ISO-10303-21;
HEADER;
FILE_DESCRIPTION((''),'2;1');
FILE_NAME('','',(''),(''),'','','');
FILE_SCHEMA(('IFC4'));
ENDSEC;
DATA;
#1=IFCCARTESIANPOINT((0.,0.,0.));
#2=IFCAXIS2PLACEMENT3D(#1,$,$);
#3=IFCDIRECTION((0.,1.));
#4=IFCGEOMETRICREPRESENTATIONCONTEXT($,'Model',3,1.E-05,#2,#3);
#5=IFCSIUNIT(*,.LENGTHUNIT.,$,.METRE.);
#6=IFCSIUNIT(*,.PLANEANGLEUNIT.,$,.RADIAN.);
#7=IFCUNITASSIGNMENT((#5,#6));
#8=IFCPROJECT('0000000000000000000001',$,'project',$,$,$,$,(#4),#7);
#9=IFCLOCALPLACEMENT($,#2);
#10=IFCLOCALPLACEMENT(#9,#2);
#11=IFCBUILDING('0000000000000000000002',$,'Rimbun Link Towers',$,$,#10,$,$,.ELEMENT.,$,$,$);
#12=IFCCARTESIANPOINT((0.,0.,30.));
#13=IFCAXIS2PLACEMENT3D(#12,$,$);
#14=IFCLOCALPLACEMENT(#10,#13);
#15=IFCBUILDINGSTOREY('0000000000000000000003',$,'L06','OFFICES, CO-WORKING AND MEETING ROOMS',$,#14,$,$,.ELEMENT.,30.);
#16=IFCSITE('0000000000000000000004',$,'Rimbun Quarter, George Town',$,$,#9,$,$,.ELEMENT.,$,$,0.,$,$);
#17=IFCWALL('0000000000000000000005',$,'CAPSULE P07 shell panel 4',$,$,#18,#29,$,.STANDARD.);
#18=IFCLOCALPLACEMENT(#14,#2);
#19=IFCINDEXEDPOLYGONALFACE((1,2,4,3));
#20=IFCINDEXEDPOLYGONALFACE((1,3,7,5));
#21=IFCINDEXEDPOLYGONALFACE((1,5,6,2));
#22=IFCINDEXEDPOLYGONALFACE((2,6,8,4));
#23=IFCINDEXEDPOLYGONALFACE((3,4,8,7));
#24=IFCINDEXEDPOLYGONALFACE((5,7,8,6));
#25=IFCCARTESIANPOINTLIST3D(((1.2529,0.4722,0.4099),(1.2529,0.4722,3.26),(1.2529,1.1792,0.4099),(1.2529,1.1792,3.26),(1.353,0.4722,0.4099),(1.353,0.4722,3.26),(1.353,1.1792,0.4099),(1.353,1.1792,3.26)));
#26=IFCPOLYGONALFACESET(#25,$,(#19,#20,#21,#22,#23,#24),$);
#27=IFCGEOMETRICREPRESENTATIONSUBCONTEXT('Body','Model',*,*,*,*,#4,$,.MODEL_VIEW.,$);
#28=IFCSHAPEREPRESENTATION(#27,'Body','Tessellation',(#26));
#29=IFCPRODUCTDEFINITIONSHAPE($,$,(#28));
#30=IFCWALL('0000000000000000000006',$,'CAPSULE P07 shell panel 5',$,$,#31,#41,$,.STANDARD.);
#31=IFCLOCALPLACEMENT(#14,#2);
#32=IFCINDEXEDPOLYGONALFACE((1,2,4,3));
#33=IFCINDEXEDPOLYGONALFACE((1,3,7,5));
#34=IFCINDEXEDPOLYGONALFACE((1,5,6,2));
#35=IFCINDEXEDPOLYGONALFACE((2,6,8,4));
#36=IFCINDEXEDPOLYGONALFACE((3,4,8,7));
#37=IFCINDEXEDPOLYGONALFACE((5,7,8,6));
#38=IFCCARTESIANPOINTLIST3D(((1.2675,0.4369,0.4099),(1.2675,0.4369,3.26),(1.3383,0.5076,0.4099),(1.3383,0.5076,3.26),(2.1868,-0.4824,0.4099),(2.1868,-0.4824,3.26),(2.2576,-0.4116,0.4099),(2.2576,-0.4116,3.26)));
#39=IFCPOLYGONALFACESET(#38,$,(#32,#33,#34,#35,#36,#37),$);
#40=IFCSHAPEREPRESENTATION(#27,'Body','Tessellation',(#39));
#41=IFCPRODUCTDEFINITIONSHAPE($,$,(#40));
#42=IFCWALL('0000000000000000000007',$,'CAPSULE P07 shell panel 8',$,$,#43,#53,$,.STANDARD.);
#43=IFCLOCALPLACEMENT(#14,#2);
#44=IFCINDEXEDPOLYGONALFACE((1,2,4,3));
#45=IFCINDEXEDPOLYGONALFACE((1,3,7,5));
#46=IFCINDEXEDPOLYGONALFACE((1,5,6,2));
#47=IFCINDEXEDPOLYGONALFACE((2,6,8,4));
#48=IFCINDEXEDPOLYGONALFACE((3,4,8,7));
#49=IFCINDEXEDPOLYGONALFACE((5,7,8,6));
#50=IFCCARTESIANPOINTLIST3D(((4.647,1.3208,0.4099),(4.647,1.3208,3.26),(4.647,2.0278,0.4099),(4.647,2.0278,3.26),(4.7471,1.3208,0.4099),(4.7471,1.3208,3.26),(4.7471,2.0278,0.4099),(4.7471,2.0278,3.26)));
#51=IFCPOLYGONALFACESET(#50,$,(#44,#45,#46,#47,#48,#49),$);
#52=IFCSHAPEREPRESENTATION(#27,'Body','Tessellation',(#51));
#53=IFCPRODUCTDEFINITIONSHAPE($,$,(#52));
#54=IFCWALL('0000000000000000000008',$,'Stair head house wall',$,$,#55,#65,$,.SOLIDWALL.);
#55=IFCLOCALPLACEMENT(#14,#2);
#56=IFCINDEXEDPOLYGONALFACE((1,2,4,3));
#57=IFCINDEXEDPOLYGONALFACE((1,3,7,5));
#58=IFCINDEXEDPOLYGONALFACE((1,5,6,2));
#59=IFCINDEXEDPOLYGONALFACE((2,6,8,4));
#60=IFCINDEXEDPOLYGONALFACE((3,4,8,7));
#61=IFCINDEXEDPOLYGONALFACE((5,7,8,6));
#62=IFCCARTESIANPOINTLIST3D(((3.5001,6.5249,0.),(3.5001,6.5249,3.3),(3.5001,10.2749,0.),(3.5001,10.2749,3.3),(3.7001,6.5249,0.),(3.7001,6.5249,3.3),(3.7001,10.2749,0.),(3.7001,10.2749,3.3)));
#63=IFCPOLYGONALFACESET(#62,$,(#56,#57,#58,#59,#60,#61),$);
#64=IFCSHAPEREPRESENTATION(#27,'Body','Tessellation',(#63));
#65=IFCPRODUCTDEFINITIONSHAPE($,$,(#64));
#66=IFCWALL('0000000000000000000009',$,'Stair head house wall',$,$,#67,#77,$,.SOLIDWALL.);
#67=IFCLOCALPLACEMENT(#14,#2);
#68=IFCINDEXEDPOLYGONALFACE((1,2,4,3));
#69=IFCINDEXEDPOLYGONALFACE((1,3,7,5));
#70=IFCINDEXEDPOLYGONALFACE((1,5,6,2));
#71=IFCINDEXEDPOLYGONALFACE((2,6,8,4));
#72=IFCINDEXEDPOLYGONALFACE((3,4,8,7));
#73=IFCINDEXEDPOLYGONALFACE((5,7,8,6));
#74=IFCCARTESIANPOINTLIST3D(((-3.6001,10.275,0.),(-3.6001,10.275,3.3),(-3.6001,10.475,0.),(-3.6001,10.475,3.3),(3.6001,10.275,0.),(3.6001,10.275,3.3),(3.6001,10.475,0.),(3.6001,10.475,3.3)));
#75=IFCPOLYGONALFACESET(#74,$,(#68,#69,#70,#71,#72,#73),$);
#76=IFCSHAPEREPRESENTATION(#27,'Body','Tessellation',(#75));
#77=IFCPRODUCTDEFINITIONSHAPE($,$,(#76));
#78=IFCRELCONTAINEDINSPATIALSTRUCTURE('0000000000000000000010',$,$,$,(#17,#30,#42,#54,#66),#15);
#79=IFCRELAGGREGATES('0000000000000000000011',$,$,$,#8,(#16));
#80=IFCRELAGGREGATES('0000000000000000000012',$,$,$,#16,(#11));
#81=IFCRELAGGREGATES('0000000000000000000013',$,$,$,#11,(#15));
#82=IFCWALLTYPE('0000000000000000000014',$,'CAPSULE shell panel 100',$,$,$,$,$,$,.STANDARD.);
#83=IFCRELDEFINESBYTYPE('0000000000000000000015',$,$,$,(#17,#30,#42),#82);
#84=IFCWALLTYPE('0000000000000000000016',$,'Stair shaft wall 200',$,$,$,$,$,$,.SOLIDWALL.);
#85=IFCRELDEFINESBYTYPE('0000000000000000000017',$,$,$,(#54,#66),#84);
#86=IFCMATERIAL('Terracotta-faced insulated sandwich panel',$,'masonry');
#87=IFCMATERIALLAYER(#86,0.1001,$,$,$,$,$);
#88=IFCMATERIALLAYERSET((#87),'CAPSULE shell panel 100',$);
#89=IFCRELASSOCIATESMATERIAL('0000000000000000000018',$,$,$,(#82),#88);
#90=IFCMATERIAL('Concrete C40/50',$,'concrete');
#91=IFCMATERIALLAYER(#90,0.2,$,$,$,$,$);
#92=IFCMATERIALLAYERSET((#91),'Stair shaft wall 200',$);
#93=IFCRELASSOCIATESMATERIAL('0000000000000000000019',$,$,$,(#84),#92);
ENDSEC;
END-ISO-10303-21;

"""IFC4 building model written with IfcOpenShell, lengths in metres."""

from ifc_helpers import new_model, si_unit, direction, frame, frame_2d, origin, place, context, subcontext, project, spatial, rectangle, extrude, material, layer, layer_set, type_object, element, save


model = new_model("IFC4")

# Units and contexts
model_context = context("Model", 3, precision=1e-05, world=origin(), true_north=direction((0.0, 1.0)))
body_context = subcontext(model_context, "Body", "Model", "MODEL_VIEW")
ifc_project = project(units=[si_unit("LENGTHUNIT", "METRE"), si_unit("PLANEANGLEUNIT", "RADIAN")], contexts=[model_context])

# Site, building, storey
site_placement = place(None, origin())
site = spatial("IfcSite", under=ifc_project, at=site_placement, Name="Rimbun Quarter, George Town", CompositionType="ELEMENT", RefElevation=0.0)
building_placement = place(site_placement, origin())
building = spatial("IfcBuilding", under=site, at=building_placement, Name="Rimbun Link Towers", CompositionType="ELEMENT")
storey_placement = place(building_placement, frame((0.0, 0.0, 30.0)))
storey = spatial("IfcBuildingStorey", under=building, at=storey_placement, Name="L06", Description="OFFICES, CO-WORKING AND MEETING ROOMS", CompositionType="ELEMENT", Elevation=30.0)

# Walls
ifc_material_1 = material(Name="Terracotta-faced insulated sandwich panel", Category="masonry")
ifc_layer_1 = layer(ifc_material_1, 0.1001)
ifc_layer_set_1 = layer_set([ifc_layer_1], Name="CAPSULE shell panel 100")
wall_type_1 = type_object("IfcWallType", Name="CAPSULE shell panel 100", PredefinedType="STANDARD", material=ifc_layer_set_1)
for number, where, z_axis, x_axis, name in (
    (1, (1.303, 1.1792, 0.4099), (0.0, 0.0, 1.0), (0.0, -1.0, 0.0), "CAPSULE P07 shell panel 4"),
):
    element("IfcWall", number, at=place(storey_placement, frame(where, z_axis=z_axis, x_axis=x_axis)), inside=storey, type_object=wall_type_1, Name=name, PredefinedType="STANDARD", context=body_context, shape_type="SweptSolid", body=[
        extrude(rectangle(XDim=0.707, YDim=0.1001, at=frame_2d((0.3535, 0.0))), origin(), (0.0, 0.0, 1.0), 2.8501),
    ])
wall_1_placement = place(storey_placement, frame((1.303, 0.4722, 0.4099), z_axis=(0.0, 0.0, 1.0), x_axis=(0.707107, -0.707107, 0.0)))
element("IfcWall", 2, at=wall_1_placement, inside=storey, type_object=wall_type_1, Name="CAPSULE P07 shell panel 5", PredefinedType="STANDARD", context=body_context, shape_type="SweptSolid", body=[
    extrude(rectangle(XDim=1.3, YDim=0.1001, at=frame_2d((0.6499, 0.0))), origin(), (0.0, 0.0, 1.0), 2.8501),
])
wall_2_placement = place(storey_placement, frame((4.697, 1.3208, 0.4099), z_axis=(0.0, 0.0, 1.0), x_axis=(0.0, 1.0, 0.0)))
element("IfcWall", 3, at=wall_2_placement, inside=storey, type_object=wall_type_1, Name="CAPSULE P07 shell panel 8", PredefinedType="STANDARD", context=body_context, shape_type="SweptSolid", body=[
    extrude(rectangle(XDim=0.707, YDim=0.1001, at=frame_2d((0.3535, 0.0))), origin(), (0.0, 0.0, 1.0), 2.8501),
])
ifc_material_2 = material(Name="Concrete C40/50", Category="concrete")
ifc_layer_2 = layer(ifc_material_2, 0.2)
ifc_layer_set_2 = layer_set([ifc_layer_2], Name="Stair shaft wall 200")
wall_type_2 = type_object("IfcWallType", Name="Stair shaft wall 200", PredefinedType="SOLIDWALL", material=ifc_layer_set_2)
wall_3_placement = place(storey_placement, frame((3.6001, 10.2749, 0.0), z_axis=(0.0, 0.0, 1.0), x_axis=(0.0, -1.0, 0.0)))
element("IfcWall", 4, at=wall_3_placement, inside=storey, type_object=wall_type_2, Name="Stair head house wall", PredefinedType="SOLIDWALL", context=body_context, shape_type="SweptSolid", body=[
    extrude(rectangle(XDim=3.75, YDim=0.2, at=frame_2d((1.875, 0.0))), origin(), (0.0, 0.0, 1.0), 3.3),
])
wall_4_placement = place(storey_placement, frame((3.6001, 10.375, 0.0), z_axis=(0.0, 0.0, 1.0), x_axis=(-1.0, 0.0, 0.0)))
element("IfcWall", 5, at=wall_4_placement, inside=storey, type_object=wall_type_2, Name="Stair head house wall", PredefinedType="SOLIDWALL", context=body_context, shape_type="SweptSolid", body=[
    extrude(rectangle(XDim=7.2002, YDim=0.2, at=frame_2d((3.6001, 0.0))), origin(), (0.0, 0.0, 1.0), 3.3),
])

save(model, "model.ifc")
